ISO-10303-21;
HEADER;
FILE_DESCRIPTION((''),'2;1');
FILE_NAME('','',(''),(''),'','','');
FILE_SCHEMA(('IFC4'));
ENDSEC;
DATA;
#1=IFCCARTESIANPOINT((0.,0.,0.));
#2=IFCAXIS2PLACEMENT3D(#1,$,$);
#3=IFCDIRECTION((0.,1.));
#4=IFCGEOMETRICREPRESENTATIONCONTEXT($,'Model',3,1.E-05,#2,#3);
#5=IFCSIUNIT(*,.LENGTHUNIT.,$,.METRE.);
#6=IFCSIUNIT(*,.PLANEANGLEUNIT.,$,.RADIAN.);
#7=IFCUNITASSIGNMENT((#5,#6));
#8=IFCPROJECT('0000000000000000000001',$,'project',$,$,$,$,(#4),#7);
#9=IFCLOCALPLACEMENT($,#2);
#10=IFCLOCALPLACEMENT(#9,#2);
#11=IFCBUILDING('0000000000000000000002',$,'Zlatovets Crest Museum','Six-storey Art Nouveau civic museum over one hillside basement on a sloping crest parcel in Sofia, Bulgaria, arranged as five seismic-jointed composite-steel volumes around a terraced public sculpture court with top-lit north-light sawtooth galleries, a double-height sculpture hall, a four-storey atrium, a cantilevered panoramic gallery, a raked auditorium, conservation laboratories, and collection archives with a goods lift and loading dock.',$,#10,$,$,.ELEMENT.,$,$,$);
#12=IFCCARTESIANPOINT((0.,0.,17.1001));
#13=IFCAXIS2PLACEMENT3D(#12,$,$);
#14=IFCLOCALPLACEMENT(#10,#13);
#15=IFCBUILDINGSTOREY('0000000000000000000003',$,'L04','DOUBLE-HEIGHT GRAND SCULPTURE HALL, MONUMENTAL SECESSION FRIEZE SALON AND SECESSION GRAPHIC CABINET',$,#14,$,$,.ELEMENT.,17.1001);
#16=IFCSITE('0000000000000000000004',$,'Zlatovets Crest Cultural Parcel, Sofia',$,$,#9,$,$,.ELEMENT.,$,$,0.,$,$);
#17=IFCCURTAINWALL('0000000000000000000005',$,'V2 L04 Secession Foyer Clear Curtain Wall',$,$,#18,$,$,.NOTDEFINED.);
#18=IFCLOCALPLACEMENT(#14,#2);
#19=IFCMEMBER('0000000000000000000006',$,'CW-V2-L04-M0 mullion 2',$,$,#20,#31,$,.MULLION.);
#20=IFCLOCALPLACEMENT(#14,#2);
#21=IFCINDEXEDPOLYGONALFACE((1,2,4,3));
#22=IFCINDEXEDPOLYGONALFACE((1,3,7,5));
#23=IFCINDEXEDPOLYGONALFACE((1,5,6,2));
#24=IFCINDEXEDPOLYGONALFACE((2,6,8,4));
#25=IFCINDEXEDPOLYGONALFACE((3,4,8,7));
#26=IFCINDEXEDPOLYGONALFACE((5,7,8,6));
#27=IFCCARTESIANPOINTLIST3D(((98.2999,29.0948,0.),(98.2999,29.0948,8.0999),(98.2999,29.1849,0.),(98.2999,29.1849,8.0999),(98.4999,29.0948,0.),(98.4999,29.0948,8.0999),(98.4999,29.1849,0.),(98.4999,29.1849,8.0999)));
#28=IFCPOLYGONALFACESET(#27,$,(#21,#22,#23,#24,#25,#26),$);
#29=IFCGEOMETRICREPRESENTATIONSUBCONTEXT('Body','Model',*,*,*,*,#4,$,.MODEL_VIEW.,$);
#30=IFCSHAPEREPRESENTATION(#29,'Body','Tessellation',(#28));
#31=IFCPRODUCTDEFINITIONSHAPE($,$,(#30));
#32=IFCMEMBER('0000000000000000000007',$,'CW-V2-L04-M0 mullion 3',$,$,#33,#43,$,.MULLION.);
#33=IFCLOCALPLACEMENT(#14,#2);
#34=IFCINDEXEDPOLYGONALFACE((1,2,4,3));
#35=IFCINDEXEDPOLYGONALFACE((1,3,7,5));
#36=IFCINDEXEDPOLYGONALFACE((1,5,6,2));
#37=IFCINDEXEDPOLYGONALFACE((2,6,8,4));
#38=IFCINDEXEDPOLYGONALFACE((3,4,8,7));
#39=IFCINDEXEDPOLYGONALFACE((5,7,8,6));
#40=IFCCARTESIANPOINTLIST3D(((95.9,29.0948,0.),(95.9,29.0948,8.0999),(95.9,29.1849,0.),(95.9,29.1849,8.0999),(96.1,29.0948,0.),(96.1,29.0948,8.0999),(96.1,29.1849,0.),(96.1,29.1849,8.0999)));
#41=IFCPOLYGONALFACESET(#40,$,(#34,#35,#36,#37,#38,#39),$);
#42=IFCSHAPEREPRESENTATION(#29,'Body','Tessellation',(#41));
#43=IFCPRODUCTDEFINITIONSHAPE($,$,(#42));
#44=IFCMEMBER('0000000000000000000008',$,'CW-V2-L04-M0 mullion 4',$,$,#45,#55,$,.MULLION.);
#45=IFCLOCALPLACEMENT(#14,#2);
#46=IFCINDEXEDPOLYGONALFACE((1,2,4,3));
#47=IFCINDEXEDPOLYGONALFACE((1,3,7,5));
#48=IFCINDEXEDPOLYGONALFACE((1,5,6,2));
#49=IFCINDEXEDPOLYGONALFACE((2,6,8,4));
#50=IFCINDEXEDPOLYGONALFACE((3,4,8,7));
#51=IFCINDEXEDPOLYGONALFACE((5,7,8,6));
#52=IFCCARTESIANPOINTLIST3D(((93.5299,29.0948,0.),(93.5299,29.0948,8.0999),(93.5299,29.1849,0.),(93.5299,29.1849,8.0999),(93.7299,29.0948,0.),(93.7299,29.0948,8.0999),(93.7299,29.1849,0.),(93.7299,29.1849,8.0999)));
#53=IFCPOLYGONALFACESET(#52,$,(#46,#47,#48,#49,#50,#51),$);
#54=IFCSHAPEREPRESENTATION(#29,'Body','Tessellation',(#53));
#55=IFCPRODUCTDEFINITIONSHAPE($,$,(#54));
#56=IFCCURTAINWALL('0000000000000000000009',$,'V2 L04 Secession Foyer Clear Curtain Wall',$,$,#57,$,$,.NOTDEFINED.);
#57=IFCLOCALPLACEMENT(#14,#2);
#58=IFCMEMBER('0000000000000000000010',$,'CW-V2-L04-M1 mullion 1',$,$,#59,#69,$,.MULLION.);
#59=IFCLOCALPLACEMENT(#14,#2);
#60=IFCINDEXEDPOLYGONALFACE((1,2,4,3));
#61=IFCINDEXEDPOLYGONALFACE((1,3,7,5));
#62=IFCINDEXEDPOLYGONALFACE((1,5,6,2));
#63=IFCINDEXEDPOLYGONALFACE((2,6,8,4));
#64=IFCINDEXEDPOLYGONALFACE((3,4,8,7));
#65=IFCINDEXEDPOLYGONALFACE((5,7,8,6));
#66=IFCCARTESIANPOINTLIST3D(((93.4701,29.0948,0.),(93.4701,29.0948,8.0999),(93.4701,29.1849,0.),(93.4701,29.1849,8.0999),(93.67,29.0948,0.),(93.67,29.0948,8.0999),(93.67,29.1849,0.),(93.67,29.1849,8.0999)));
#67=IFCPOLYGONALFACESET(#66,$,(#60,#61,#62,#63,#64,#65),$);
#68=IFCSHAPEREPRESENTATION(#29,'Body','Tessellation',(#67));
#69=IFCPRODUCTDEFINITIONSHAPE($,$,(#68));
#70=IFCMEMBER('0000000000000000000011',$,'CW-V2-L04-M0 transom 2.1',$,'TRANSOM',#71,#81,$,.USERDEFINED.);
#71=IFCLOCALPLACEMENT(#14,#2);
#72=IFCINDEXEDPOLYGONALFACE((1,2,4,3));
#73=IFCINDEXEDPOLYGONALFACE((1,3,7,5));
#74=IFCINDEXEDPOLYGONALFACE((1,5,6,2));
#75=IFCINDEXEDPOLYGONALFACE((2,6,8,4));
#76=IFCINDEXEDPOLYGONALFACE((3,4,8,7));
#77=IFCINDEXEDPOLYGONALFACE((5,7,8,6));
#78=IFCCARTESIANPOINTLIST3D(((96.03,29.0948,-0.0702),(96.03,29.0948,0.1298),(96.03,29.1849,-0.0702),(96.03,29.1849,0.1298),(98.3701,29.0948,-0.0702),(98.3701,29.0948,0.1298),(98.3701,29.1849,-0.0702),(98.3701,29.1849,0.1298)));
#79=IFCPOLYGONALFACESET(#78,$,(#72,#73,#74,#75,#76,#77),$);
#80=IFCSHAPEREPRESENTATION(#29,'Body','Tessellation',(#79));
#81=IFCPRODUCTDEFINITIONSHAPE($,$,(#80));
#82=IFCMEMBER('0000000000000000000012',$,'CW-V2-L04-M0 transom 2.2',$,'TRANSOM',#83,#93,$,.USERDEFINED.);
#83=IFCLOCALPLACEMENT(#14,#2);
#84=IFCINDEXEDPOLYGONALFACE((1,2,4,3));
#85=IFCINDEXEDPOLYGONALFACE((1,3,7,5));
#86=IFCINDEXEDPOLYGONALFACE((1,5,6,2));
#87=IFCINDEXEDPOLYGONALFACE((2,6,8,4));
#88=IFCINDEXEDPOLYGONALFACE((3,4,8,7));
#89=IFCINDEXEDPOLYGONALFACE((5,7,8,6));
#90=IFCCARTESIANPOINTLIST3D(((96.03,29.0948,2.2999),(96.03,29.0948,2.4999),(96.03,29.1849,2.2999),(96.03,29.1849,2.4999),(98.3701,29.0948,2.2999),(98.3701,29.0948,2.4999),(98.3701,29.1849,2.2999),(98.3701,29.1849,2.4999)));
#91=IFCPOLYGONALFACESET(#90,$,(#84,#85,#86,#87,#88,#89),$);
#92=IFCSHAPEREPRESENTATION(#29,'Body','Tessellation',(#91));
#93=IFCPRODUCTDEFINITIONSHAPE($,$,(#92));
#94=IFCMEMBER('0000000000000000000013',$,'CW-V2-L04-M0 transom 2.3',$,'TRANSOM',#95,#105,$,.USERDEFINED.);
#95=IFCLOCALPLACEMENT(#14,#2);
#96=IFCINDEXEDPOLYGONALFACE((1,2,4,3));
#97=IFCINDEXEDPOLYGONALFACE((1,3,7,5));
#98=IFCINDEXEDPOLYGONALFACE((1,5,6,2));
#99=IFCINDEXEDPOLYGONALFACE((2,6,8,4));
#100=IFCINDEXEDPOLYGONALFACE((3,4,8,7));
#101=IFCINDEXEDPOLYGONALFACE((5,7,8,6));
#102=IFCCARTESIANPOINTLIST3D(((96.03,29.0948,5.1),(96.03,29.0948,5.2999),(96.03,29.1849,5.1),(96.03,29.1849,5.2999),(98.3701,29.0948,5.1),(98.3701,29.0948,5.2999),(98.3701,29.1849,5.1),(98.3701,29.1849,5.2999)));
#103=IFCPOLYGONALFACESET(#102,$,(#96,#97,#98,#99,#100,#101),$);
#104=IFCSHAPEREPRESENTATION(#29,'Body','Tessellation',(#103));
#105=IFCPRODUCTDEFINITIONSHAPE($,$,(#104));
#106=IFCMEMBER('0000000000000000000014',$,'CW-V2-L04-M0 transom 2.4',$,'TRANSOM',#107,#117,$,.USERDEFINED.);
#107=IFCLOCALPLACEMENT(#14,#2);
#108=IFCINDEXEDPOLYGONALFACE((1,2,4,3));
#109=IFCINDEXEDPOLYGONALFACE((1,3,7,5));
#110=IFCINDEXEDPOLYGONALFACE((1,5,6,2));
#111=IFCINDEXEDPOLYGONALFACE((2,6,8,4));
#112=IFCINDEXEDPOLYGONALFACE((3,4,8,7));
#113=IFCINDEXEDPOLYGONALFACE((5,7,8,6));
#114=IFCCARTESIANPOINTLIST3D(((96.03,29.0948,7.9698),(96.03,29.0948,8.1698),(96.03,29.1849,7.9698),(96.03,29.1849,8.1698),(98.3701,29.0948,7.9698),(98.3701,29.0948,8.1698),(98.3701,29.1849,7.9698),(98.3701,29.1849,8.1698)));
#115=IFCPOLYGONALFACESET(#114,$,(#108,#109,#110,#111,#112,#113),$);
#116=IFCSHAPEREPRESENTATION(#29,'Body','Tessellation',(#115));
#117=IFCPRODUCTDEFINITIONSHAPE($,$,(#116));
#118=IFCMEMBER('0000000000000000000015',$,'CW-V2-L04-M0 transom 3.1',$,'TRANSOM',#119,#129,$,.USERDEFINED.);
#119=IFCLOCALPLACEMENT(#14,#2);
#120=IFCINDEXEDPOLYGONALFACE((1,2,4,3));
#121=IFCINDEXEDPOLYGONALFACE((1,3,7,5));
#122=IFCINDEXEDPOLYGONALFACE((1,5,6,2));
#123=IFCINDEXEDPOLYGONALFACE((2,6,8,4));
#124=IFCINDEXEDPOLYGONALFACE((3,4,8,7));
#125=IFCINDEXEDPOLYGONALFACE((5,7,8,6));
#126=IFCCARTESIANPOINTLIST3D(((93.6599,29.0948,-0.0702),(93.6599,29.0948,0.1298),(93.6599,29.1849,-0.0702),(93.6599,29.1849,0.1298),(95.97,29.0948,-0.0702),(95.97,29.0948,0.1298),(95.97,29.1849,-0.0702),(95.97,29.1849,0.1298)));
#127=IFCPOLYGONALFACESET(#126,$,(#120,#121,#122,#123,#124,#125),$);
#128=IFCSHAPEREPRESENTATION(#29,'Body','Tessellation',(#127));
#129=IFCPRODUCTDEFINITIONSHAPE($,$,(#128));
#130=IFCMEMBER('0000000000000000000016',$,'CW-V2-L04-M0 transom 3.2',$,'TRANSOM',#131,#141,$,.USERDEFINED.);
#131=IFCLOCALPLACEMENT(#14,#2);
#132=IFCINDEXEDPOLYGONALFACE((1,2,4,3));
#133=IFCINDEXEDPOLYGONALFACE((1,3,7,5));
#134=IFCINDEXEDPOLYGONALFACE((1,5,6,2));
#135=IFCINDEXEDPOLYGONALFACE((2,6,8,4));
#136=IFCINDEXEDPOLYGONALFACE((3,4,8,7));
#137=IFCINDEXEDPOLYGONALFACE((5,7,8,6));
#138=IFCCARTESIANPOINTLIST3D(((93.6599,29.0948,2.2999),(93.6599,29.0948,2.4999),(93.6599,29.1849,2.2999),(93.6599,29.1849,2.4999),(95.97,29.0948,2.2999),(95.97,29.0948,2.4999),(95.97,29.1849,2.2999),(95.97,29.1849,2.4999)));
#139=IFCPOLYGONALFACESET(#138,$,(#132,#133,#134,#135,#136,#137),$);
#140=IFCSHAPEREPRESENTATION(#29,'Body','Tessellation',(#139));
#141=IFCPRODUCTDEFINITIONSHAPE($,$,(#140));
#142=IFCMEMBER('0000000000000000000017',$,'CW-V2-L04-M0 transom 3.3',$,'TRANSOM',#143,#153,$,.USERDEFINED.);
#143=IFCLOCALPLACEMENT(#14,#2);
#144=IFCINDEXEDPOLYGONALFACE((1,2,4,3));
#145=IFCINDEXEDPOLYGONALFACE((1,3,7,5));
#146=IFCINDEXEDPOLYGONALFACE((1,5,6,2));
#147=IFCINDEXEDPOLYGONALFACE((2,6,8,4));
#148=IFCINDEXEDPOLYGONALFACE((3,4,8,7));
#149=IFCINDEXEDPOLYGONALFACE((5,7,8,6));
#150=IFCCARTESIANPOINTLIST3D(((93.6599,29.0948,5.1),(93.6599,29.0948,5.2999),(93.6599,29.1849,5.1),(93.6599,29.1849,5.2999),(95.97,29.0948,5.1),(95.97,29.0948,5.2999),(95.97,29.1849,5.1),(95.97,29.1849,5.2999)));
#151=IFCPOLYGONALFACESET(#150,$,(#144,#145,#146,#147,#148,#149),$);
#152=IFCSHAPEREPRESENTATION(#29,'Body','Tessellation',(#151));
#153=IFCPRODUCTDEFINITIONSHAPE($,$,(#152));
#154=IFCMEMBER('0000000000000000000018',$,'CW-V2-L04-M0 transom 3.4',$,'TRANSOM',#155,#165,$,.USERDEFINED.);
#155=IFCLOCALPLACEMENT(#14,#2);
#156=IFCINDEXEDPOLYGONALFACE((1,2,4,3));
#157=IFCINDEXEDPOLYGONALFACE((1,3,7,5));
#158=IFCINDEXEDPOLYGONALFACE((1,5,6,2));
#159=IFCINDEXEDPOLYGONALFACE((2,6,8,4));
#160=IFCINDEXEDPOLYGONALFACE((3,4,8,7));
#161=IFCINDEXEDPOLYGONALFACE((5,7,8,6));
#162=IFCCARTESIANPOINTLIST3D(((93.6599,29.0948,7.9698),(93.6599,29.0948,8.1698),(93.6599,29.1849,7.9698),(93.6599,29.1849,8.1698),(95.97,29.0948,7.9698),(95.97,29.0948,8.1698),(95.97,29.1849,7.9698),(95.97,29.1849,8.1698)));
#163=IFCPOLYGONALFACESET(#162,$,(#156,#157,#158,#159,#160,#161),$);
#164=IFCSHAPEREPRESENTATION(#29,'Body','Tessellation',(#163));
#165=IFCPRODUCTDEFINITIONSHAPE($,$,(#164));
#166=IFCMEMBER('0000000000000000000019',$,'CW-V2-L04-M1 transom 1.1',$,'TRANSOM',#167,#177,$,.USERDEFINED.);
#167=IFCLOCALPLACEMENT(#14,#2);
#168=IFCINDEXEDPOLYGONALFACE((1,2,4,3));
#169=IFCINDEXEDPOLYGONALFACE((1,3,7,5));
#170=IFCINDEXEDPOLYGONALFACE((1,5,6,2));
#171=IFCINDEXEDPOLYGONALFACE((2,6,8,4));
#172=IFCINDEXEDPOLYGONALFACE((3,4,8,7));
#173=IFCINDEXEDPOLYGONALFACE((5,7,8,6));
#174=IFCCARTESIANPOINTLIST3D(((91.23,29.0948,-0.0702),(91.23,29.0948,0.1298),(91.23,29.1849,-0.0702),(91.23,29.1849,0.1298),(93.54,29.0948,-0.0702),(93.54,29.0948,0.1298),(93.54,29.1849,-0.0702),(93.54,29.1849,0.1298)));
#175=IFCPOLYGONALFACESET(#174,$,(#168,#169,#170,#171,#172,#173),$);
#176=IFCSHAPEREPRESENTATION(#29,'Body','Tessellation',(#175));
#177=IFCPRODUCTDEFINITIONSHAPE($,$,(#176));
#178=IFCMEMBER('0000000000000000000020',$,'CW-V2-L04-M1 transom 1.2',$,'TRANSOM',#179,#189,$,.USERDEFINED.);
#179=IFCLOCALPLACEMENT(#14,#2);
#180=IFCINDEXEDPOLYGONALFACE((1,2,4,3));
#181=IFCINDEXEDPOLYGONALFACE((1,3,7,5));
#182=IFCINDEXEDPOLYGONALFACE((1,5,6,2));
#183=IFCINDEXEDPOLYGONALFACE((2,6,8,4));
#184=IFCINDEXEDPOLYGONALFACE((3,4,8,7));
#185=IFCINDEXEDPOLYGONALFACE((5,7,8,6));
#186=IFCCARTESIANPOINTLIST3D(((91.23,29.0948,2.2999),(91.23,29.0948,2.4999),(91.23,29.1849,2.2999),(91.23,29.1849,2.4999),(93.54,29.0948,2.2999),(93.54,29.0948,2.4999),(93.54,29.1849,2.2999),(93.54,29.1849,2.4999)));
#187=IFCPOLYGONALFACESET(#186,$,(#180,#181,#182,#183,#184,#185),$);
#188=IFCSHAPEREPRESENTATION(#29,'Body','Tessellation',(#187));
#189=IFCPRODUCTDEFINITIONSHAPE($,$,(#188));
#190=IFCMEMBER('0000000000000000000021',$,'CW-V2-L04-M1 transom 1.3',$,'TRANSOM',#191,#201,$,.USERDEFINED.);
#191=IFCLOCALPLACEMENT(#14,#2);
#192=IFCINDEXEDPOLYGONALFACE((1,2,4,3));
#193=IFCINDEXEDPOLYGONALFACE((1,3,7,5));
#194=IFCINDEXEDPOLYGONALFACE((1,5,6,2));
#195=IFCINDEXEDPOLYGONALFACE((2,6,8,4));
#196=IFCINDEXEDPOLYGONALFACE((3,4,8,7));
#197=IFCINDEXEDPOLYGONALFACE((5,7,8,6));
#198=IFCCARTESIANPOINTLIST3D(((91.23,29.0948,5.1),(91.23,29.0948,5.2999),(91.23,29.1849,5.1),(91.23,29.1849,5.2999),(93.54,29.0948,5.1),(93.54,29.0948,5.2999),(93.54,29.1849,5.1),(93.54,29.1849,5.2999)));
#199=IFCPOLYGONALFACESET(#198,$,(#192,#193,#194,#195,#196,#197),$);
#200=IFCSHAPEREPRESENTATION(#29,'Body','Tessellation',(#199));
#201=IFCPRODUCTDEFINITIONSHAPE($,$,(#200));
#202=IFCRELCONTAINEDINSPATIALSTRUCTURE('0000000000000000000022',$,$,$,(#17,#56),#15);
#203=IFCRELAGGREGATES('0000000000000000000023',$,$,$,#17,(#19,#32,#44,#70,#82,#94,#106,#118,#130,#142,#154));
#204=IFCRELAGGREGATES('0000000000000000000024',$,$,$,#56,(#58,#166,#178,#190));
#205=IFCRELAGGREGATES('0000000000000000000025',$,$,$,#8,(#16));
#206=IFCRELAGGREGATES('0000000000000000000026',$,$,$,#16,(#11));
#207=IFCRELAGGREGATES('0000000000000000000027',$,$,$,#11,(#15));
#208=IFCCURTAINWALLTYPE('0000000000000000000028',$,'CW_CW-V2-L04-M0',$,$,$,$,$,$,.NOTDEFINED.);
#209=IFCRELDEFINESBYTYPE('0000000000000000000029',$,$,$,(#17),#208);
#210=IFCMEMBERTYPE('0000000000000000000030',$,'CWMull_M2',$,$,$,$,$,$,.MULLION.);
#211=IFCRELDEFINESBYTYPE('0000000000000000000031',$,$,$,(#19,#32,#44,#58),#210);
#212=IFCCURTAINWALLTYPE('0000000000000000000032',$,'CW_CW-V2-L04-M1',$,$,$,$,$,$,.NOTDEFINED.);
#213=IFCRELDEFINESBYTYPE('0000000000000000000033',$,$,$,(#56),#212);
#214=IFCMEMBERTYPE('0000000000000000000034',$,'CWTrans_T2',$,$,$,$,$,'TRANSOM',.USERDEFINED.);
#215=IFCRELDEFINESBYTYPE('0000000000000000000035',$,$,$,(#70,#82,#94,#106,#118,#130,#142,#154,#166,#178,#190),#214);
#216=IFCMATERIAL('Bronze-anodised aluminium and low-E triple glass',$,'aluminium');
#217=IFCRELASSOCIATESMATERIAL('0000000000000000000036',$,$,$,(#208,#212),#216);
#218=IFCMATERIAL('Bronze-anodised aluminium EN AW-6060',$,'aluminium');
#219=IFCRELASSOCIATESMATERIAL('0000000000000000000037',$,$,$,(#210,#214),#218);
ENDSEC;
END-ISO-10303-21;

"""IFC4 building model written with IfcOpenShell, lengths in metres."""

from ifc_helpers import new_model, si_unit, direction, frame, origin, origin_2d, place, context, subcontext, project, spatial, rectangle, extrude, material, material_profile, profile_set, type_object, element, aggregate, save


model = new_model("IFC4")

# Units and contexts
model_context = context("Model", 3, precision=1e-05, world=origin(), true_north=direction((0.0, 1.0)))
body_context = subcontext(model_context, "Body", "Model", "MODEL_VIEW")
ifc_project = project(units=[si_unit("LENGTHUNIT", "METRE"), si_unit("PLANEANGLEUNIT", "RADIAN")], contexts=[model_context])

# Site, building, storey
site_placement = place(None, origin())
site = spatial("IfcSite", under=ifc_project, at=site_placement, Name="Zlatovets Crest Cultural Parcel, Sofia", CompositionType="ELEMENT", RefElevation=0.0)
building_placement = place(site_placement, origin())
building = spatial("IfcBuilding", under=site, at=building_placement, Name="Zlatovets Crest Museum", Description="Six-storey Art Nouveau civic museum over one hillside basement on a sloping crest parcel in Sofia, Bulgaria, arranged as five seismic-jointed composite-steel volumes around a terraced public sculpture court with top-lit north-light sawtooth galleries, a double-height sculpture hall, a four-storey atrium, a cantilevered panoramic gallery, a raked auditorium, conservation laboratories, and collection archives with a goods lift and loading dock.", CompositionType="ELEMENT")
storey_placement = place(building_placement, frame((0.0, 0.0, 17.1001)))
storey = spatial("IfcBuildingStorey", under=building, at=storey_placement, Name="L04", Description="DOUBLE-HEIGHT GRAND SCULPTURE HALL, MONUMENTAL SECESSION FRIEZE SALON AND SECESSION GRAPHIC CABINET", CompositionType="ELEMENT", Elevation=17.1001)

# Curtain wall, members
ifc_material_1 = material(Name="Bronze-anodised aluminium and low-E triple glass", Category="aluminium")
curtain_wall_type_1 = type_object("IfcCurtainWallType", Name="CW_CW-V2-L04-M0", PredefinedType="NOTDEFINED", material=ifc_material_1)
curtain_wall_1_placement = place(storey_placement, origin())
curtain_wall_1 = element("IfcCurtainWall", 1, at=curtain_wall_1_placement, inside=storey, type_object=curtain_wall_type_1, Name="V2 L04 Secession Foyer Clear Curtain Wall", PredefinedType="NOTDEFINED")
ifc_material_2 = material(Name="Bronze-anodised aluminium EN AW-6060", Category="aluminium")
ifc_material_profile_1 = material_profile(ifc_material_2, rectangle(XDim=0.0901, YDim=0.2, at=origin_2d()), Name="ALU 90x200")
ifc_profile_set_1 = profile_set([ifc_material_profile_1], Name="Bronze-anodised aluminium EN AW-6060")
member_type_1 = type_object("IfcMemberType", Name="CWMull_M2", PredefinedType="MULLION", material=ifc_profile_set_1)
member_1_placement = place(storey_placement, frame((98.3999, 29.1399, 0.0), z_axis=(0.0, 0.0, 1.0), x_axis=(0.0, -1.0, 0.0)))
member_1 = element("IfcMember", 2, at=member_1_placement, type_object=member_type_1, Name="CW-V2-L04-M0 mullion 2", PredefinedType="MULLION", context=body_context, shape_type="SweptSolid", body=[
    extrude(rectangle(XDim=0.0901, YDim=0.2, at=origin_2d()), origin(), (0.0, 0.0, 1.0), 8.0999),
])
member_2_placement = place(storey_placement, frame((96.0, 29.1399, 0.0), z_axis=(0.0, 0.0, 1.0), x_axis=(0.0, -1.0, 0.0)))
member_2 = element("IfcMember", 3, at=member_2_placement, type_object=member_type_1, Name="CW-V2-L04-M0 mullion 3", PredefinedType="MULLION", context=body_context, shape_type="SweptSolid", body=[
    extrude(rectangle(XDim=0.0901, YDim=0.2, at=origin_2d()), origin(), (0.0, 0.0, 1.0), 8.0999),
])
member_3_placement = place(storey_placement, frame((93.6299, 29.1399, 0.0), z_axis=(0.0, 0.0, 1.0), x_axis=(0.0, -1.0, 0.0)))
member_3 = element("IfcMember", 4, at=member_3_placement, type_object=member_type_1, Name="CW-V2-L04-M0 mullion 4", PredefinedType="MULLION", context=body_context, shape_type="SweptSolid", body=[
    extrude(rectangle(XDim=0.0901, YDim=0.2, at=origin_2d()), origin(), (0.0, 0.0, 1.0), 8.0999),
])

# Curtain wall, member
curtain_wall_type_2 = type_object("IfcCurtainWallType", Name="CW_CW-V2-L04-M1", PredefinedType="NOTDEFINED", material=ifc_material_1)
curtain_wall_2_placement = place(storey_placement, origin())
curtain_wall_2 = element("IfcCurtainWall", 5, at=curtain_wall_2_placement, inside=storey, type_object=curtain_wall_type_2, Name="V2 L04 Secession Foyer Clear Curtain Wall", PredefinedType="NOTDEFINED")
member_4_placement = place(storey_placement, frame((93.5701, 29.1399, 0.0), z_axis=(0.0, 0.0, 1.0), x_axis=(0.0, -1.0, 0.0)))
member_4 = element("IfcMember", 6, at=member_4_placement, type_object=member_type_1, Name="CW-V2-L04-M1 mullion 1", PredefinedType="MULLION", context=body_context, shape_type="SweptSolid", body=[
    extrude(rectangle(XDim=0.0901, YDim=0.2, at=origin_2d()), origin(), (0.0, 0.0, 1.0), 8.0999),
])

# Members
ifc_material_profile_2 = material_profile(ifc_material_2, rectangle(XDim=0.0901, YDim=0.2, at=origin_2d()), Name="ALU 90x200")
ifc_profile_set_2 = profile_set([ifc_material_profile_2], Name="Bronze-anodised aluminium EN AW-6060")
member_type_2 = type_object("IfcMemberType", Name="CWTrans_T2", ElementType="TRANSOM", PredefinedType="USERDEFINED", material=ifc_profile_set_2)
member_5_placement = place(storey_placement, frame((98.3701, 29.1399, 0.0298), z_axis=(-1.0, 0.0, 0.0), x_axis=(0.0, -1.0, 0.0)))
member_5 = element("IfcMember", 7, at=member_5_placement, type_object=member_type_2, Name="CW-V2-L04-M0 transom 2.1", ObjectType="TRANSOM", PredefinedType="USERDEFINED", context=body_context, shape_type="SweptSolid", body=[
    extrude(rectangle(XDim=0.0901, YDim=0.2, at=origin_2d()), origin(), (0.0, 0.0, 1.0), 2.3401),
])
member_6_placement = place(storey_placement, frame((98.3701, 29.1399, 2.3999), z_axis=(-1.0, 0.0, 0.0), x_axis=(0.0, -1.0, 0.0)))
member_6 = element("IfcMember", 8, at=member_6_placement, type_object=member_type_2, Name="CW-V2-L04-M0 transom 2.2", ObjectType="TRANSOM", PredefinedType="USERDEFINED", context=body_context, shape_type="SweptSolid", body=[
    extrude(rectangle(XDim=0.0901, YDim=0.2, at=origin_2d()), origin(), (0.0, 0.0, 1.0), 2.3401),
])
member_7_placement = place(storey_placement, frame((98.3701, 29.1399, 5.2), z_axis=(-1.0, 0.0, 0.0), x_axis=(0.0, -1.0, 0.0)))
member_7 = element("IfcMember", 9, at=member_7_placement, type_object=member_type_2, Name="CW-V2-L04-M0 transom 2.3", ObjectType="TRANSOM", PredefinedType="USERDEFINED", context=body_context, shape_type="SweptSolid", body=[
    extrude(rectangle(XDim=0.0901, YDim=0.2, at=origin_2d()), origin(), (0.0, 0.0, 1.0), 2.3401),
])
member_8_placement = place(storey_placement, frame((98.3701, 29.1399, 8.0698), z_axis=(-1.0, 0.0, 0.0), x_axis=(0.0, -1.0, 0.0)))
member_8 = element("IfcMember", 10, at=member_8_placement, type_object=member_type_2, Name="CW-V2-L04-M0 transom 2.4", ObjectType="TRANSOM", PredefinedType="USERDEFINED", context=body_context, shape_type="SweptSolid", body=[
    extrude(rectangle(XDim=0.0901, YDim=0.2, at=origin_2d()), origin(), (0.0, 0.0, 1.0), 2.3401),
])
member_9_placement = place(storey_placement, frame((95.97, 29.1399, 0.0298), z_axis=(-1.0, 0.0, 0.0), x_axis=(0.0, -1.0, 0.0)))
member_9 = element("IfcMember", 11, at=member_9_placement, type_object=member_type_2, Name="CW-V2-L04-M0 transom 3.1", ObjectType="TRANSOM", PredefinedType="USERDEFINED", context=body_context, shape_type="SweptSolid", body=[
    extrude(rectangle(XDim=0.0901, YDim=0.2, at=origin_2d()), origin(), (0.0, 0.0, 1.0), 2.3101),
])
member_10_placement = place(storey_placement, frame((95.97, 29.1399, 2.3999), z_axis=(-1.0, 0.0, 0.0), x_axis=(0.0, -1.0, 0.0)))
member_10 = element("IfcMember", 12, at=member_10_placement, type_object=member_type_2, Name="CW-V2-L04-M0 transom 3.2", ObjectType="TRANSOM", PredefinedType="USERDEFINED", context=body_context, shape_type="SweptSolid", body=[
    extrude(rectangle(XDim=0.0901, YDim=0.2, at=origin_2d()), origin(), (0.0, 0.0, 1.0), 2.3101),
])
member_11_placement = place(storey_placement, frame((95.97, 29.1399, 5.2), z_axis=(-1.0, 0.0, 0.0), x_axis=(0.0, -1.0, 0.0)))
member_11 = element("IfcMember", 13, at=member_11_placement, type_object=member_type_2, Name="CW-V2-L04-M0 transom 3.3", ObjectType="TRANSOM", PredefinedType="USERDEFINED", context=body_context, shape_type="SweptSolid", body=[
    extrude(rectangle(XDim=0.0901, YDim=0.2, at=origin_2d()), origin(), (0.0, 0.0, 1.0), 2.3101),
])
member_12_placement = place(storey_placement, frame((95.97, 29.1399, 8.0698), z_axis=(-1.0, 0.0, 0.0), x_axis=(0.0, -1.0, 0.0)))
member_12 = element("IfcMember", 14, at=member_12_placement, type_object=member_type_2, Name="CW-V2-L04-M0 transom 3.4", ObjectType="TRANSOM", PredefinedType="USERDEFINED", context=body_context, shape_type="SweptSolid", body=[
    extrude(rectangle(XDim=0.0901, YDim=0.2, at=origin_2d()), origin(), (0.0, 0.0, 1.0), 2.3101),
])
member_13_placement = place(storey_placement, frame((93.54, 29.1399, 0.0298), z_axis=(-1.0, 0.0, 0.0), x_axis=(0.0, -1.0, 0.0)))
member_13 = element("IfcMember", 15, at=member_13_placement, type_object=member_type_2, Name="CW-V2-L04-M1 transom 1.1", ObjectType="TRANSOM", PredefinedType="USERDEFINED", context=body_context, shape_type="SweptSolid", body=[
    extrude(rectangle(XDim=0.0901, YDim=0.2, at=origin_2d()), origin(), (0.0, 0.0, 1.0), 2.3101),
])
member_14_placement = place(storey_placement, frame((93.54, 29.1399, 2.3999), z_axis=(-1.0, 0.0, 0.0), x_axis=(0.0, -1.0, 0.0)))
member_14 = element("IfcMember", 16, at=member_14_placement, type_object=member_type_2, Name="CW-V2-L04-M1 transom 1.2", ObjectType="TRANSOM", PredefinedType="USERDEFINED", context=body_context, shape_type="SweptSolid", body=[
    extrude(rectangle(XDim=0.0901, YDim=0.2, at=origin_2d()), origin(), (0.0, 0.0, 1.0), 2.3101),
])
member_15_placement = place(storey_placement, frame((93.54, 29.1399, 5.2), z_axis=(-1.0, 0.0, 0.0), x_axis=(0.0, -1.0, 0.0)))
member_15 = element("IfcMember", 17, at=member_15_placement, type_object=member_type_2, Name="CW-V2-L04-M1 transom 1.3", ObjectType="TRANSOM", PredefinedType="USERDEFINED", context=body_context, shape_type="SweptSolid", body=[
    extrude(rectangle(XDim=0.0901, YDim=0.2, at=origin_2d()), origin(), (0.0, 0.0, 1.0), 2.3101),
])

aggregate(curtain_wall_1, [member_1, member_2, member_3, member_5, member_6, member_7, member_8, member_9, member_10, member_11, member_12])
aggregate(curtain_wall_2, [member_4, member_13, member_14, member_15])

save(model, "model.ifc")
